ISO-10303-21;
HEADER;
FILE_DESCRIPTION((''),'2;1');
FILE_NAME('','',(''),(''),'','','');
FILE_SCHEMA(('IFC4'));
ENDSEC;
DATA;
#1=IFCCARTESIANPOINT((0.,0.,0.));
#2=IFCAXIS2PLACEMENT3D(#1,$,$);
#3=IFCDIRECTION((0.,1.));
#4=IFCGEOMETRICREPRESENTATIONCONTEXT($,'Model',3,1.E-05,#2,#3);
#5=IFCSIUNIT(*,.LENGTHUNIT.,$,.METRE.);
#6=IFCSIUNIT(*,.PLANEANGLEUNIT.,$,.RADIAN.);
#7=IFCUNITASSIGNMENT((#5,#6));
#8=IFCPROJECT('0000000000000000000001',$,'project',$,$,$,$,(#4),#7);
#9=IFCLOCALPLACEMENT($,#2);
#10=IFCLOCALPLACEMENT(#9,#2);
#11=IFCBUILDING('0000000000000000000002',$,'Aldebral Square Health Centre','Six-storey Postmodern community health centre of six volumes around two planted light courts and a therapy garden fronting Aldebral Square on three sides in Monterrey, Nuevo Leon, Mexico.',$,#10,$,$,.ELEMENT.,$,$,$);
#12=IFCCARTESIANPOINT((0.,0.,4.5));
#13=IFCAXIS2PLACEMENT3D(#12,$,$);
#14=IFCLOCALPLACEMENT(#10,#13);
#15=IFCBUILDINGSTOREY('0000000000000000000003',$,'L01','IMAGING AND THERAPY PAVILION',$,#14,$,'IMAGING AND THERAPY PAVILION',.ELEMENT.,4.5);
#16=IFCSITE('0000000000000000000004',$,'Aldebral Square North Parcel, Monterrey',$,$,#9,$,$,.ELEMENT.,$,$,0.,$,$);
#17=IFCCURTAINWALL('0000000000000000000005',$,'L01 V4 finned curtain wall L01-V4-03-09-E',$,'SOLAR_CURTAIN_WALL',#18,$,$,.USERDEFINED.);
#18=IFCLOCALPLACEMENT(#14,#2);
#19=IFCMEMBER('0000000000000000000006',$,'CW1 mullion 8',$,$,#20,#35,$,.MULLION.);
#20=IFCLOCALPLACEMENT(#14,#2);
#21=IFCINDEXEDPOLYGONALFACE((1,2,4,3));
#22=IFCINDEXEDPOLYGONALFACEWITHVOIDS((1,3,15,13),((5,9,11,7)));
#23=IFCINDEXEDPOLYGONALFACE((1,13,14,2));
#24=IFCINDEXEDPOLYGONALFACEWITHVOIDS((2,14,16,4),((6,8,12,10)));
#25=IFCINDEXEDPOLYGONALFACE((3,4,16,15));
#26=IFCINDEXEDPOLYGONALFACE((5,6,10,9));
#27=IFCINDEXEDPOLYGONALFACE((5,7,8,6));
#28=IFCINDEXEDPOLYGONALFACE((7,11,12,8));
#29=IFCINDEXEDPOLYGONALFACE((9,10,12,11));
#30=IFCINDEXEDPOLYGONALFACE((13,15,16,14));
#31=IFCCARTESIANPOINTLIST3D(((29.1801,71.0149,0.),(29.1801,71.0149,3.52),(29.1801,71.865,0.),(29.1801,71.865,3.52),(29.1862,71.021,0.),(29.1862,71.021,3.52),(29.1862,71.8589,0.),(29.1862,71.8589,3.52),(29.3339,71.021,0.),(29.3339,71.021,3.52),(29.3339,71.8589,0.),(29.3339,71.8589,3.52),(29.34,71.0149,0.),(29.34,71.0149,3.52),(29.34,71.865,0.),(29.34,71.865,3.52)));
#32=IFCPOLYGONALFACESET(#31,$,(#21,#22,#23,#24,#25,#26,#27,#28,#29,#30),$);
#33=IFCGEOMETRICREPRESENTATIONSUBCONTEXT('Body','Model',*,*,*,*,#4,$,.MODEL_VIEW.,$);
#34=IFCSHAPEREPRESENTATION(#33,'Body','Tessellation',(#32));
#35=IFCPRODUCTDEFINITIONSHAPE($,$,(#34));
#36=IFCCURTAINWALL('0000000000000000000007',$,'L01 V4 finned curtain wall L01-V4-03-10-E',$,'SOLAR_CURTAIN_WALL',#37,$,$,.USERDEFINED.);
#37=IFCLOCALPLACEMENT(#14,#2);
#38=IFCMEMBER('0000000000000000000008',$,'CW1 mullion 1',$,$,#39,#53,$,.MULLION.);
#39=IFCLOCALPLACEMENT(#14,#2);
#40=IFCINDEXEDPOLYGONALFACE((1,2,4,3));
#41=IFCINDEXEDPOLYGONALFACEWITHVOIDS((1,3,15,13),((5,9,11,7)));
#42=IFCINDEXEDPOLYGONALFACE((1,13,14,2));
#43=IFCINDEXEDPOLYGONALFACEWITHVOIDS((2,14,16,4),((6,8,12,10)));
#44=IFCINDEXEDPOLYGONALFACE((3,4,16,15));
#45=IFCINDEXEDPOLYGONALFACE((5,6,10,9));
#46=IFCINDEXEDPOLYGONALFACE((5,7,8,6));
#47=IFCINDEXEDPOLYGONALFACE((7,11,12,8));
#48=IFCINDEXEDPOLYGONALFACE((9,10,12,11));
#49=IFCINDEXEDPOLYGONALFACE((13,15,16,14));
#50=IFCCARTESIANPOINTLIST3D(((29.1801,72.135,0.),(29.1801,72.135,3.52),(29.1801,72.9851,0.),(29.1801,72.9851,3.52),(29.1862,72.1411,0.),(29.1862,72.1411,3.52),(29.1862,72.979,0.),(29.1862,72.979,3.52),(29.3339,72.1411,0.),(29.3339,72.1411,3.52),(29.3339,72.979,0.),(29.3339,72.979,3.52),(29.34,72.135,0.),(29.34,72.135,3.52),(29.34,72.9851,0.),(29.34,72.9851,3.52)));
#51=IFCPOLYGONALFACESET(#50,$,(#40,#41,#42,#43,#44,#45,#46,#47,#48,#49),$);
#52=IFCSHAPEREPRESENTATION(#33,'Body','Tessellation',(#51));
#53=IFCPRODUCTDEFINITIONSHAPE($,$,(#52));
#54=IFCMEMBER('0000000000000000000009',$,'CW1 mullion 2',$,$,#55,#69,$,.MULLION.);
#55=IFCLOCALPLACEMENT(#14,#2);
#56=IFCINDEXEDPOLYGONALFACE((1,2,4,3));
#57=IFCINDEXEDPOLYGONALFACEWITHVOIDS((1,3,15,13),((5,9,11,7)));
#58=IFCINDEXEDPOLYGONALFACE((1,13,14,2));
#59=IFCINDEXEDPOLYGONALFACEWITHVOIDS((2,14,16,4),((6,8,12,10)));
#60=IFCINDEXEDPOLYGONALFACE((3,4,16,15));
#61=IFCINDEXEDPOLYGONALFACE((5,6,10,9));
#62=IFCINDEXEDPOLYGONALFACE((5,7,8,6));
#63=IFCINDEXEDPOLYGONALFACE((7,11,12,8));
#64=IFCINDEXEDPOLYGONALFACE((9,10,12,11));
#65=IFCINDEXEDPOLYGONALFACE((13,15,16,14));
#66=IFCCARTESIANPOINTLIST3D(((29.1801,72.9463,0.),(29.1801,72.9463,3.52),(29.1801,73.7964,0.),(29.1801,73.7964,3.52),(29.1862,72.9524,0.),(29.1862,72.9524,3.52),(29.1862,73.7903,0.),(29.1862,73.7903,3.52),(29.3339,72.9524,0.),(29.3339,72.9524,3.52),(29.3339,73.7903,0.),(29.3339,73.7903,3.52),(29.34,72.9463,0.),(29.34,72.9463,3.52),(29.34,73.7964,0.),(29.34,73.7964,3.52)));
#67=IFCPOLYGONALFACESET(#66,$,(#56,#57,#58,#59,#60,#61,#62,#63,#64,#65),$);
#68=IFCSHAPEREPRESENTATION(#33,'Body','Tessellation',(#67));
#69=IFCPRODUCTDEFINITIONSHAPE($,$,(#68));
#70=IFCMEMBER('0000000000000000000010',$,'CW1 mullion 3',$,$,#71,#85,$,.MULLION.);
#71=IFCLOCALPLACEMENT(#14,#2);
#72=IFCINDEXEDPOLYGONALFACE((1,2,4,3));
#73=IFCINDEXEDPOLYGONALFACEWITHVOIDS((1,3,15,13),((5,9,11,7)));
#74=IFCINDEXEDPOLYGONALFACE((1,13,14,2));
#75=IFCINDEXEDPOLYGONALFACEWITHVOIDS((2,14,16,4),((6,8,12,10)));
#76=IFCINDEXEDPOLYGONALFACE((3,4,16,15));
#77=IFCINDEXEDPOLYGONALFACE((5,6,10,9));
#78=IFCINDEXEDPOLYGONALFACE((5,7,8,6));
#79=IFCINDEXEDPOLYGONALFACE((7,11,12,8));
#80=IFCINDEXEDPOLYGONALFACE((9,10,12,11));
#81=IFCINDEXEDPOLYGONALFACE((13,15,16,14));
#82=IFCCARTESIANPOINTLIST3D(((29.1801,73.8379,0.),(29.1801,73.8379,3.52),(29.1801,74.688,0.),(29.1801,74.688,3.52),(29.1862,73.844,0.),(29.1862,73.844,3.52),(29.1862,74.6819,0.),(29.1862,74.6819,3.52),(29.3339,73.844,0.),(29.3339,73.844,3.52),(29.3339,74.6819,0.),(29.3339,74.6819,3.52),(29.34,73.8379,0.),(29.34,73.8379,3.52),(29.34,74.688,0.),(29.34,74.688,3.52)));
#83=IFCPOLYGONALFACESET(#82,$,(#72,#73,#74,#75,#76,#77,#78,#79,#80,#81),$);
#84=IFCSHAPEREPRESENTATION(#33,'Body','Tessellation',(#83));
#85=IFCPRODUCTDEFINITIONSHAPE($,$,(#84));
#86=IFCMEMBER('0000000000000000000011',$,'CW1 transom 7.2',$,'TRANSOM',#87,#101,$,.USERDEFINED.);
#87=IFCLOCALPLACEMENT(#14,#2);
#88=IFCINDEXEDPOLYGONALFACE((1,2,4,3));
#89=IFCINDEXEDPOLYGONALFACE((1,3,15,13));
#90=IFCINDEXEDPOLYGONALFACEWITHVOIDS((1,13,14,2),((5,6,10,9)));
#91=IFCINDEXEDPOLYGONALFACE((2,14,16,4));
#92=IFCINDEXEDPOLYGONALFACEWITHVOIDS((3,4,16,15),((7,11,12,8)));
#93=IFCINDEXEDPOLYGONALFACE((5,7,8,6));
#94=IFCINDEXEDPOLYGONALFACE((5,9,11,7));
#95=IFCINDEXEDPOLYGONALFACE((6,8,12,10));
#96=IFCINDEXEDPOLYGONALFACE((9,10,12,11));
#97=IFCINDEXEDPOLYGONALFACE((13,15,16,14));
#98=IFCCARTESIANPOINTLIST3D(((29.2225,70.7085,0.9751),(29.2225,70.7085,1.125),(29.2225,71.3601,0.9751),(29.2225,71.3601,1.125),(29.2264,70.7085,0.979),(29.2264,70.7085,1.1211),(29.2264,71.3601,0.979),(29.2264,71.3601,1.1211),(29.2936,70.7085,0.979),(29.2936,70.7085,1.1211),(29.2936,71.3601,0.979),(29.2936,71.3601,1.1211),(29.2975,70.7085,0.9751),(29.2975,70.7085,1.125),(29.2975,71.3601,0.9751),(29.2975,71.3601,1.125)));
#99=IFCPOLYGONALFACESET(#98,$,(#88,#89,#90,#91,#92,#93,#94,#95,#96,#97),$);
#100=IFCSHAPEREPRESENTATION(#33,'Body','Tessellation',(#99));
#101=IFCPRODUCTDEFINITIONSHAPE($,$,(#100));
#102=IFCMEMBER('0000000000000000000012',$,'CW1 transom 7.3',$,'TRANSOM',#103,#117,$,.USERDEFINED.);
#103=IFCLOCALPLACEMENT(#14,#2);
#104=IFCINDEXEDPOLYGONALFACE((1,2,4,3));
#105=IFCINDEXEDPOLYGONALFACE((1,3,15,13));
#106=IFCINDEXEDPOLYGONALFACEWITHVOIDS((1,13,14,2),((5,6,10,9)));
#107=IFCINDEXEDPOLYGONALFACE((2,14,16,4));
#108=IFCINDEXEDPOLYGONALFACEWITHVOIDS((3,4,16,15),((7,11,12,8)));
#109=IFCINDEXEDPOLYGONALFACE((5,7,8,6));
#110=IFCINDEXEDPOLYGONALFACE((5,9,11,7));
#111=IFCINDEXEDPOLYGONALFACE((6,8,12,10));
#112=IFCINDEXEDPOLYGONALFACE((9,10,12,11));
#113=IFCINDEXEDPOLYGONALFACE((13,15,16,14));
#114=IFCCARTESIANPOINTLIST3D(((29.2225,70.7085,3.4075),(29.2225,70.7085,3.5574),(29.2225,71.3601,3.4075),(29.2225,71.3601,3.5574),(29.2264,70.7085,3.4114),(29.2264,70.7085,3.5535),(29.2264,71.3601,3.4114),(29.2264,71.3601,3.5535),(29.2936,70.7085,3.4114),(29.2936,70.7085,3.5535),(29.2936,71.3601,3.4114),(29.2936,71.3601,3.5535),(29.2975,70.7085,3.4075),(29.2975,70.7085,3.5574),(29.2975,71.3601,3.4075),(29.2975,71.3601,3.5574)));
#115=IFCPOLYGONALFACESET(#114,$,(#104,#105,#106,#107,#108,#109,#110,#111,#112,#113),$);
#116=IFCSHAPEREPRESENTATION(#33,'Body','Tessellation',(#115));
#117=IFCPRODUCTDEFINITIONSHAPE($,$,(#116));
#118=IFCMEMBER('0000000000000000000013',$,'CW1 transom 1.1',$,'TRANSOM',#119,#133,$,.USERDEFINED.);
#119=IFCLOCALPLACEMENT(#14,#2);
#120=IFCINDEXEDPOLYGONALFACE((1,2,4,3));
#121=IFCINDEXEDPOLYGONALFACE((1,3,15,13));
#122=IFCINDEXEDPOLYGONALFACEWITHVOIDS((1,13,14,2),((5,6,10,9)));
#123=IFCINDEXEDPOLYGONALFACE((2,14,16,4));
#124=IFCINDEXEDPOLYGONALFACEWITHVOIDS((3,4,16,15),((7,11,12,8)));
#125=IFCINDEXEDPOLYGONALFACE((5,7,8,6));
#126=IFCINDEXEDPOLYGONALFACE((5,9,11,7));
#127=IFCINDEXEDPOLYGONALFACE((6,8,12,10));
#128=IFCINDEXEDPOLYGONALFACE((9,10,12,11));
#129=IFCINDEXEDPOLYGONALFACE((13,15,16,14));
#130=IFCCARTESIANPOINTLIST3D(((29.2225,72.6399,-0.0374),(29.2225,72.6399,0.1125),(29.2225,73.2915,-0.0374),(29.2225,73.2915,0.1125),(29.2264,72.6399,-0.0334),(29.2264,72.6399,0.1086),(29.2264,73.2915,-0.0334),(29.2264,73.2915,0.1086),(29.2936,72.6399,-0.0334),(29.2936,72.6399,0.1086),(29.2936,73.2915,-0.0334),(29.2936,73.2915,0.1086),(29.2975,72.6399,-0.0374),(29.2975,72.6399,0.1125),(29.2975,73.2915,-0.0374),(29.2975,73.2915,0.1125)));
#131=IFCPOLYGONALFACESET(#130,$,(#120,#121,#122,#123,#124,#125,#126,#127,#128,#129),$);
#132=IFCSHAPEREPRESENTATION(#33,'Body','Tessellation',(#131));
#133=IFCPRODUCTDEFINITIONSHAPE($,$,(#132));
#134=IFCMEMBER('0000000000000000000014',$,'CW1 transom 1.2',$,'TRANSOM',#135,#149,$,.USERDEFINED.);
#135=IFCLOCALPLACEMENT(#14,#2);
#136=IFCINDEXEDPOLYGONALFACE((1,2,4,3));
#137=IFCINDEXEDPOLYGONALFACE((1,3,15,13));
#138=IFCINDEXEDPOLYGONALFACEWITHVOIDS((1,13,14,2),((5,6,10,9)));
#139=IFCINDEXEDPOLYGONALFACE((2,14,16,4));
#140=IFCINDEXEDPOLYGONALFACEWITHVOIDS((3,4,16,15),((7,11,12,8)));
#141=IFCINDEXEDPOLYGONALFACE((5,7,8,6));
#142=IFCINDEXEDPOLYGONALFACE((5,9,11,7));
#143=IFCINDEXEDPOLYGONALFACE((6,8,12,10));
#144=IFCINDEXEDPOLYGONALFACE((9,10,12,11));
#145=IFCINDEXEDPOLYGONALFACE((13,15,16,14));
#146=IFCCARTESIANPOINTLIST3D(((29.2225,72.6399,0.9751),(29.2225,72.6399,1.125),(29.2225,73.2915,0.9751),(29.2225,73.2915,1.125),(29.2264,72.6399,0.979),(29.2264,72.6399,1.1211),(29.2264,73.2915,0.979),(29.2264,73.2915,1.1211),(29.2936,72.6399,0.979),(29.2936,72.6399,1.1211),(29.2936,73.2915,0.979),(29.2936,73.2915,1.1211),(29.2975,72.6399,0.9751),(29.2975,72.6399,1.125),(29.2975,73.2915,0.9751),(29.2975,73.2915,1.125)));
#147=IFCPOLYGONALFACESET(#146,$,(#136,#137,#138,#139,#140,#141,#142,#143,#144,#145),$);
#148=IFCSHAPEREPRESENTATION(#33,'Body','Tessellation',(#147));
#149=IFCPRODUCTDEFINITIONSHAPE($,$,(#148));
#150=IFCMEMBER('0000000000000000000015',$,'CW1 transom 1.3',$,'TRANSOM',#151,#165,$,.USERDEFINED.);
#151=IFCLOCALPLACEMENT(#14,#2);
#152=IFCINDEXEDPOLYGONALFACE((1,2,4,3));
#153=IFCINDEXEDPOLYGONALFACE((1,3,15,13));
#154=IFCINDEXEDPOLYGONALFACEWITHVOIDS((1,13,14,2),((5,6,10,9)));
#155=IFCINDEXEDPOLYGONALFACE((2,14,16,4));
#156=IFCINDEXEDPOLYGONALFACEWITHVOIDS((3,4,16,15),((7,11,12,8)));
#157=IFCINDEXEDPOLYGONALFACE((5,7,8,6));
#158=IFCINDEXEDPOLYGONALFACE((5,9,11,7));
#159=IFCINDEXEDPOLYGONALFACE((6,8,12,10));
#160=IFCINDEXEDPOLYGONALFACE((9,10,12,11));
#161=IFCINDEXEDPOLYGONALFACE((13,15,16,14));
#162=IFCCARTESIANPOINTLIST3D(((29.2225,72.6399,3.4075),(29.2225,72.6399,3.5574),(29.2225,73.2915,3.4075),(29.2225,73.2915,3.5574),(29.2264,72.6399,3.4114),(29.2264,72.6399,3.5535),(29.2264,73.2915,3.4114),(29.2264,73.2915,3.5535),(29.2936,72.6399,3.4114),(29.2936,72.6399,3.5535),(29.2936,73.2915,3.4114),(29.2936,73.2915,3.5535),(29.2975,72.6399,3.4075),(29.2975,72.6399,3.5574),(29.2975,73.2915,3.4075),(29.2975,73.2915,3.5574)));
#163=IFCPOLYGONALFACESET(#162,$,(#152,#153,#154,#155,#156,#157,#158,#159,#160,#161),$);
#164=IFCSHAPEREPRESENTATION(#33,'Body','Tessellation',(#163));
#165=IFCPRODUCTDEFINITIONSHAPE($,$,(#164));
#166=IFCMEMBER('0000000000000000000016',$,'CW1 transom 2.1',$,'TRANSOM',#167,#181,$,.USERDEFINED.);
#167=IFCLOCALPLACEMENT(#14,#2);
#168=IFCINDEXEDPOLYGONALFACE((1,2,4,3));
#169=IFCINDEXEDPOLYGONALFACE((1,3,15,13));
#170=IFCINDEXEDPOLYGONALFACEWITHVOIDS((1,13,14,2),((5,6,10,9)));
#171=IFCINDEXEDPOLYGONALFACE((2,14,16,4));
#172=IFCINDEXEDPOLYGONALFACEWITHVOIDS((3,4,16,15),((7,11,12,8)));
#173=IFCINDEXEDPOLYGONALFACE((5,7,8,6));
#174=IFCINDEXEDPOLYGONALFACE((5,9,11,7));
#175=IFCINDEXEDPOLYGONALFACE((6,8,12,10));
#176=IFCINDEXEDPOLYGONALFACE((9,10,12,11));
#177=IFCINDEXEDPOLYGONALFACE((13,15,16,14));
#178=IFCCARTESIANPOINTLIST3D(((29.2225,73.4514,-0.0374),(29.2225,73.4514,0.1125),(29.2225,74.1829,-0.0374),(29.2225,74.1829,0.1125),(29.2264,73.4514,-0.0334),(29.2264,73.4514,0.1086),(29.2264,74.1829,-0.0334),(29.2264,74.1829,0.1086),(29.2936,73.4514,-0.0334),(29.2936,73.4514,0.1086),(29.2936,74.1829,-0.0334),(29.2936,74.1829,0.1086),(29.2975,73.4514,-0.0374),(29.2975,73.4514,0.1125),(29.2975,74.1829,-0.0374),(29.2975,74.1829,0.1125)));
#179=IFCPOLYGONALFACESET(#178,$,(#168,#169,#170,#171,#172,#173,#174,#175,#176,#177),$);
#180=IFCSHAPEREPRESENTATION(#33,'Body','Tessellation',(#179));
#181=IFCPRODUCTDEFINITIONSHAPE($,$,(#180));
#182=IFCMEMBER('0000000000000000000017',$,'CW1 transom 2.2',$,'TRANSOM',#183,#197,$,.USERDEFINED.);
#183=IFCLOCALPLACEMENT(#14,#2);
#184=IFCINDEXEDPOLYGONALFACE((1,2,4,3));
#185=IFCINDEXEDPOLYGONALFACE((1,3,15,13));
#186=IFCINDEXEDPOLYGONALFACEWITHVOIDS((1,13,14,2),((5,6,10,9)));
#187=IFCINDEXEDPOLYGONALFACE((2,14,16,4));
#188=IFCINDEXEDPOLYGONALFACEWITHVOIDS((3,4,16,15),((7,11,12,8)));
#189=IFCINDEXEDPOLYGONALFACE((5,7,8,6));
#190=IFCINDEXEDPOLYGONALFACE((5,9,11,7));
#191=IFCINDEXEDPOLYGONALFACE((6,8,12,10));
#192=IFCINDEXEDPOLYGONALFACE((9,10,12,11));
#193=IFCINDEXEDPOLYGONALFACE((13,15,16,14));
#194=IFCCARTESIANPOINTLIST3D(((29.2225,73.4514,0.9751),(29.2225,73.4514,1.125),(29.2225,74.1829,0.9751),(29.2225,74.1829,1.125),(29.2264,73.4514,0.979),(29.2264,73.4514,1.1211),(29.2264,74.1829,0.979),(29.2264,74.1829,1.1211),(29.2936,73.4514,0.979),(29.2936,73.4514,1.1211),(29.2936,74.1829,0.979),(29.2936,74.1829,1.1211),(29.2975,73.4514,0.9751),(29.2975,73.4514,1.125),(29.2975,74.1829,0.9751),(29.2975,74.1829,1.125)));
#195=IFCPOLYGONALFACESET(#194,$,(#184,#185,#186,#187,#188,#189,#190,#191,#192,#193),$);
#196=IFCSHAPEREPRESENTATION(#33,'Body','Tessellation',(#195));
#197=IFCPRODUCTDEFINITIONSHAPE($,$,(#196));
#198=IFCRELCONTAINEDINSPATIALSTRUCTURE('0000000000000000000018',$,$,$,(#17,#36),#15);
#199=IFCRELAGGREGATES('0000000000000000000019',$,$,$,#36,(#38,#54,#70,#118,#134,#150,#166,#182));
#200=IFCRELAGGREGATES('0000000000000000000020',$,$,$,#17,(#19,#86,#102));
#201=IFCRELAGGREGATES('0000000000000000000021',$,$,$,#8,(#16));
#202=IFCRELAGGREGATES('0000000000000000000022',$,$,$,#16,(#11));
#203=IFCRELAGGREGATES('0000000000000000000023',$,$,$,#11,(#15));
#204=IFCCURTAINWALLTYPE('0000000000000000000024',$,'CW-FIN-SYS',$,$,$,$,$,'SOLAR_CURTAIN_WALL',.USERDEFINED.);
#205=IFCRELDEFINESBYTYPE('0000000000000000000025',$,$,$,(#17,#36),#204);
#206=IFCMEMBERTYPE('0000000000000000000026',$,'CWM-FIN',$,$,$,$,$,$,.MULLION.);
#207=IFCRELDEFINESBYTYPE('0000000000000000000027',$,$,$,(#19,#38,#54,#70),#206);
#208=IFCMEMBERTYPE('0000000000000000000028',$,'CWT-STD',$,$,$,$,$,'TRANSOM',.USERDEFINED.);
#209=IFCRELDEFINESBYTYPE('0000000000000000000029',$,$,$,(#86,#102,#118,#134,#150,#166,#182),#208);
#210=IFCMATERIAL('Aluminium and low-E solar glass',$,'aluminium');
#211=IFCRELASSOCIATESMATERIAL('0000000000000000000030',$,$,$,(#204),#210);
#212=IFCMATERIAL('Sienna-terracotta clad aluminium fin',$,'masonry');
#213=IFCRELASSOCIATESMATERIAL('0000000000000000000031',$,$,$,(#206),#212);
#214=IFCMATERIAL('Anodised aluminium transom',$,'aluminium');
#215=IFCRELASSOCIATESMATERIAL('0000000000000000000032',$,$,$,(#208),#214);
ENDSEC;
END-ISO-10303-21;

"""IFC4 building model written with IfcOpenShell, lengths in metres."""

from ifc_helpers import new_model, si_unit, direction, frame, origin, origin_2d, place, context, subcontext, project, spatial, hollow_rectangle, extrude, material, material_profile, profile_set, type_object, element, aggregate, save


model = new_model("IFC4")

# Units and contexts
model_context = context("Model", 3, precision=1e-05, world=origin(), true_north=direction((0.0, 1.0)))
body_context = subcontext(model_context, "Body", "Model", "MODEL_VIEW")
ifc_project = project(units=[si_unit("LENGTHUNIT", "METRE"), si_unit("PLANEANGLEUNIT", "RADIAN")], contexts=[model_context])

# Site, building, storey
site_placement = place(None, origin())
site = spatial("IfcSite", under=ifc_project, at=site_placement, Name="Aldebral Square North Parcel, Monterrey", CompositionType="ELEMENT", RefElevation=0.0)
building_placement = place(site_placement, origin())
building = spatial("IfcBuilding", under=site, at=building_placement, Name="Aldebral Square Health Centre", Description="Six-storey Postmodern community health centre of six volumes around two planted light courts and a therapy garden fronting Aldebral Square on three sides in Monterrey, Nuevo Leon, Mexico.", CompositionType="ELEMENT")
storey_placement = place(building_placement, frame((0.0, 0.0, 4.5)))
storey = spatial("IfcBuildingStorey", under=building, at=storey_placement, Name="L01", Description="IMAGING AND THERAPY PAVILION", LongName="IMAGING AND THERAPY PAVILION", CompositionType="ELEMENT", Elevation=4.5)

# Curtain wall, member
ifc_material_1 = material(Name="Aluminium and low-E solar glass", Category="aluminium")
curtain_wall_type = type_object("IfcCurtainWallType", Name="CW-FIN-SYS", ElementType="SOLAR_CURTAIN_WALL", PredefinedType="USERDEFINED", material=ifc_material_1)
curtain_wall_1_placement = place(storey_placement, origin())
curtain_wall_1 = element("IfcCurtainWall", 1, at=curtain_wall_1_placement, inside=storey, type_object=curtain_wall_type, Name="L01 V4 finned curtain wall L01-V4-03-09-E", ObjectType="SOLAR_CURTAIN_WALL", PredefinedType="USERDEFINED")
ifc_material_2 = material(Name="Sienna-terracotta clad aluminium fin", Category="masonry")
ifc_material_profile_1 = material_profile(ifc_material_2, hollow_rectangle(XDim=0.1599, YDim=0.8501, WallThickness=0.0061, at=origin_2d()), Name="FIN 160x850x6")
ifc_profile_set_1 = profile_set([ifc_material_profile_1], Name="Sienna-terracotta clad aluminium fin")
member_type_1 = type_object("IfcMemberType", Name="CWM-FIN", PredefinedType="MULLION", material=ifc_profile_set_1)
member_1_placement = place(storey_placement, frame((29.26, 71.4399, 0.0), z_axis=(0.0, 0.0, 1.0), x_axis=(-1.0, 0.0, 0.0)))
member_1 = element("IfcMember", 2, at=member_1_placement, type_object=member_type_1, Name="CW1 mullion 8", PredefinedType="MULLION", context=body_context, shape_type="SweptSolid", body=[
    extrude(hollow_rectangle(XDim=0.1599, YDim=0.8501, WallThickness=0.0061, at=origin_2d()), origin(), (0.0, 0.0, 1.0), 3.52),
])

# Curtain wall, members
curtain_wall_2_placement = place(storey_placement, origin())
curtain_wall_2 = element("IfcCurtainWall", 3, at=curtain_wall_2_placement, inside=storey, type_object=curtain_wall_type, Name="L01 V4 finned curtain wall L01-V4-03-10-E", ObjectType="SOLAR_CURTAIN_WALL", PredefinedType="USERDEFINED")
member_2_placement = place(storey_placement, frame((29.26, 72.5601, 0.0), z_axis=(0.0, 0.0, 1.0), x_axis=(-1.0, 0.0, 0.0)))
member_2 = element("IfcMember", 4, at=member_2_placement, type_object=member_type_1, Name="CW1 mullion 1", PredefinedType="MULLION", context=body_context, shape_type="SweptSolid", body=[
    extrude(hollow_rectangle(XDim=0.1599, YDim=0.8501, WallThickness=0.0061, at=origin_2d()), origin(), (0.0, 0.0, 1.0), 3.52),
])
member_3_placement = place(storey_placement, frame((29.26, 73.3713, 0.0), z_axis=(0.0, 0.0, 1.0), x_axis=(-1.0, 0.0, 0.0)))
member_3 = element("IfcMember", 5, at=member_3_placement, type_object=member_type_1, Name="CW1 mullion 2", PredefinedType="MULLION", context=body_context, shape_type="SweptSolid", body=[
    extrude(hollow_rectangle(XDim=0.1599, YDim=0.8501, WallThickness=0.0061, at=origin_2d()), origin(), (0.0, 0.0, 1.0), 3.52),
])
member_4_placement = place(storey_placement, frame((29.26, 74.2629, 0.0), z_axis=(0.0, 0.0, 1.0), x_axis=(-1.0, 0.0, 0.0)))
member_4 = element("IfcMember", 6, at=member_4_placement, type_object=member_type_1, Name="CW1 mullion 3", PredefinedType="MULLION", context=body_context, shape_type="SweptSolid", body=[
    extrude(hollow_rectangle(XDim=0.1599, YDim=0.8501, WallThickness=0.0061, at=origin_2d()), origin(), (0.0, 0.0, 1.0), 3.52),
])

# Members
ifc_material_3 = material(Name="Anodised aluminium transom", Category="aluminium")
ifc_material_profile_2 = material_profile(ifc_material_3, hollow_rectangle(XDim=0.075, YDim=0.1499, WallThickness=0.0039, at=origin_2d()), Name="CWT 75x150x4")
ifc_profile_set_2 = profile_set([ifc_material_profile_2], Name="Anodised aluminium transom")
member_type_2 = type_object("IfcMemberType", Name="CWT-STD", ElementType="TRANSOM", PredefinedType="USERDEFINED", material=ifc_profile_set_2)
member_5_placement = place(storey_placement, frame((29.26, 70.7085, 1.05), z_axis=(0.0, 1.0, 0.0), x_axis=(-1.0, 0.0, 0.0)))
member_5 = element("IfcMember", 7, at=member_5_placement, type_object=member_type_2, Name="CW1 transom 7.2", ObjectType="TRANSOM", PredefinedType="USERDEFINED", context=body_context, shape_type="SweptSolid", body=[
    extrude(hollow_rectangle(XDim=0.075, YDim=0.1499, WallThickness=0.0039, at=origin_2d()), origin(), (0.0, 0.0, 1.0), 0.6516),
])
member_6_placement = place(storey_placement, frame((29.26, 70.7085, 3.4824), z_axis=(0.0, 1.0, 0.0), x_axis=(-1.0, 0.0, 0.0)))
member_6 = element("IfcMember", 8, at=member_6_placement, type_object=member_type_2, Name="CW1 transom 7.3", ObjectType="TRANSOM", PredefinedType="USERDEFINED", context=body_context, shape_type="SweptSolid", body=[
    extrude(hollow_rectangle(XDim=0.075, YDim=0.1499, WallThickness=0.0039, at=origin_2d()), origin(), (0.0, 0.0, 1.0), 0.6516),
])
member_7_placement = place(storey_placement, frame((29.26, 72.6399, 0.0376), z_axis=(0.0, 1.0, 0.0), x_axis=(-1.0, 0.0, 0.0)))
member_7 = element("IfcMember", 9, at=member_7_placement, type_object=member_type_2, Name="CW1 transom 1.1", ObjectType="TRANSOM", PredefinedType="USERDEFINED", context=body_context, shape_type="SweptSolid", body=[
    extrude(hollow_rectangle(XDim=0.075, YDim=0.1499, WallThickness=0.0039, at=origin_2d()), origin(), (0.0, 0.0, 1.0), 0.6516),
])
member_8_placement = place(storey_placement, frame((29.26, 72.6399, 1.05), z_axis=(0.0, 1.0, 0.0), x_axis=(-1.0, 0.0, 0.0)))
member_8 = element("IfcMember", 10, at=member_8_placement, type_object=member_type_2, Name="CW1 transom 1.2", ObjectType="TRANSOM", PredefinedType="USERDEFINED", context=body_context, shape_type="SweptSolid", body=[
    extrude(hollow_rectangle(XDim=0.075, YDim=0.1499, WallThickness=0.0039, at=origin_2d()), origin(), (0.0, 0.0, 1.0), 0.6516),
])
member_9_placement = place(storey_placement, frame((29.26, 72.6399, 3.4824), z_axis=(0.0, 1.0, 0.0), x_axis=(-1.0, 0.0, 0.0)))
member_9 = element("IfcMember", 11, at=member_9_placement, type_object=member_type_2, Name="CW1 transom 1.3", ObjectType="TRANSOM", PredefinedType="USERDEFINED", context=body_context, shape_type="SweptSolid", body=[
    extrude(hollow_rectangle(XDim=0.075, YDim=0.1499, WallThickness=0.0039, at=origin_2d()), origin(), (0.0, 0.0, 1.0), 0.6516),
])
member_10_placement = place(storey_placement, frame((29.26, 73.4514, 0.0376), z_axis=(0.0, 1.0, 0.0), x_axis=(-1.0, 0.0, 0.0)))
member_10 = element("IfcMember", 12, at=member_10_placement, type_object=member_type_2, Name="CW1 transom 2.1", ObjectType="TRANSOM", PredefinedType="USERDEFINED", context=body_context, shape_type="SweptSolid", body=[
    extrude(hollow_rectangle(XDim=0.075, YDim=0.1499, WallThickness=0.0039, at=origin_2d()), origin(), (0.0, 0.0, 1.0), 0.7314),
])
member_11_placement = place(storey_placement, frame((29.26, 73.4514, 1.05), z_axis=(0.0, 1.0, 0.0), x_axis=(-1.0, 0.0, 0.0)))
member_11 = element("IfcMember", 13, at=member_11_placement, type_object=member_type_2, Name="CW1 transom 2.2", ObjectType="TRANSOM", PredefinedType="USERDEFINED", context=body_context, shape_type="SweptSolid", body=[
    extrude(hollow_rectangle(XDim=0.075, YDim=0.1499, WallThickness=0.0039, at=origin_2d()), origin(), (0.0, 0.0, 1.0), 0.7314),
])

aggregate(curtain_wall_2, [member_2, member_3, member_4, member_7, member_8, member_9, member_10, member_11])
aggregate(curtain_wall_1, [member_1, member_5, member_6])

save(model, "model.ifc")
